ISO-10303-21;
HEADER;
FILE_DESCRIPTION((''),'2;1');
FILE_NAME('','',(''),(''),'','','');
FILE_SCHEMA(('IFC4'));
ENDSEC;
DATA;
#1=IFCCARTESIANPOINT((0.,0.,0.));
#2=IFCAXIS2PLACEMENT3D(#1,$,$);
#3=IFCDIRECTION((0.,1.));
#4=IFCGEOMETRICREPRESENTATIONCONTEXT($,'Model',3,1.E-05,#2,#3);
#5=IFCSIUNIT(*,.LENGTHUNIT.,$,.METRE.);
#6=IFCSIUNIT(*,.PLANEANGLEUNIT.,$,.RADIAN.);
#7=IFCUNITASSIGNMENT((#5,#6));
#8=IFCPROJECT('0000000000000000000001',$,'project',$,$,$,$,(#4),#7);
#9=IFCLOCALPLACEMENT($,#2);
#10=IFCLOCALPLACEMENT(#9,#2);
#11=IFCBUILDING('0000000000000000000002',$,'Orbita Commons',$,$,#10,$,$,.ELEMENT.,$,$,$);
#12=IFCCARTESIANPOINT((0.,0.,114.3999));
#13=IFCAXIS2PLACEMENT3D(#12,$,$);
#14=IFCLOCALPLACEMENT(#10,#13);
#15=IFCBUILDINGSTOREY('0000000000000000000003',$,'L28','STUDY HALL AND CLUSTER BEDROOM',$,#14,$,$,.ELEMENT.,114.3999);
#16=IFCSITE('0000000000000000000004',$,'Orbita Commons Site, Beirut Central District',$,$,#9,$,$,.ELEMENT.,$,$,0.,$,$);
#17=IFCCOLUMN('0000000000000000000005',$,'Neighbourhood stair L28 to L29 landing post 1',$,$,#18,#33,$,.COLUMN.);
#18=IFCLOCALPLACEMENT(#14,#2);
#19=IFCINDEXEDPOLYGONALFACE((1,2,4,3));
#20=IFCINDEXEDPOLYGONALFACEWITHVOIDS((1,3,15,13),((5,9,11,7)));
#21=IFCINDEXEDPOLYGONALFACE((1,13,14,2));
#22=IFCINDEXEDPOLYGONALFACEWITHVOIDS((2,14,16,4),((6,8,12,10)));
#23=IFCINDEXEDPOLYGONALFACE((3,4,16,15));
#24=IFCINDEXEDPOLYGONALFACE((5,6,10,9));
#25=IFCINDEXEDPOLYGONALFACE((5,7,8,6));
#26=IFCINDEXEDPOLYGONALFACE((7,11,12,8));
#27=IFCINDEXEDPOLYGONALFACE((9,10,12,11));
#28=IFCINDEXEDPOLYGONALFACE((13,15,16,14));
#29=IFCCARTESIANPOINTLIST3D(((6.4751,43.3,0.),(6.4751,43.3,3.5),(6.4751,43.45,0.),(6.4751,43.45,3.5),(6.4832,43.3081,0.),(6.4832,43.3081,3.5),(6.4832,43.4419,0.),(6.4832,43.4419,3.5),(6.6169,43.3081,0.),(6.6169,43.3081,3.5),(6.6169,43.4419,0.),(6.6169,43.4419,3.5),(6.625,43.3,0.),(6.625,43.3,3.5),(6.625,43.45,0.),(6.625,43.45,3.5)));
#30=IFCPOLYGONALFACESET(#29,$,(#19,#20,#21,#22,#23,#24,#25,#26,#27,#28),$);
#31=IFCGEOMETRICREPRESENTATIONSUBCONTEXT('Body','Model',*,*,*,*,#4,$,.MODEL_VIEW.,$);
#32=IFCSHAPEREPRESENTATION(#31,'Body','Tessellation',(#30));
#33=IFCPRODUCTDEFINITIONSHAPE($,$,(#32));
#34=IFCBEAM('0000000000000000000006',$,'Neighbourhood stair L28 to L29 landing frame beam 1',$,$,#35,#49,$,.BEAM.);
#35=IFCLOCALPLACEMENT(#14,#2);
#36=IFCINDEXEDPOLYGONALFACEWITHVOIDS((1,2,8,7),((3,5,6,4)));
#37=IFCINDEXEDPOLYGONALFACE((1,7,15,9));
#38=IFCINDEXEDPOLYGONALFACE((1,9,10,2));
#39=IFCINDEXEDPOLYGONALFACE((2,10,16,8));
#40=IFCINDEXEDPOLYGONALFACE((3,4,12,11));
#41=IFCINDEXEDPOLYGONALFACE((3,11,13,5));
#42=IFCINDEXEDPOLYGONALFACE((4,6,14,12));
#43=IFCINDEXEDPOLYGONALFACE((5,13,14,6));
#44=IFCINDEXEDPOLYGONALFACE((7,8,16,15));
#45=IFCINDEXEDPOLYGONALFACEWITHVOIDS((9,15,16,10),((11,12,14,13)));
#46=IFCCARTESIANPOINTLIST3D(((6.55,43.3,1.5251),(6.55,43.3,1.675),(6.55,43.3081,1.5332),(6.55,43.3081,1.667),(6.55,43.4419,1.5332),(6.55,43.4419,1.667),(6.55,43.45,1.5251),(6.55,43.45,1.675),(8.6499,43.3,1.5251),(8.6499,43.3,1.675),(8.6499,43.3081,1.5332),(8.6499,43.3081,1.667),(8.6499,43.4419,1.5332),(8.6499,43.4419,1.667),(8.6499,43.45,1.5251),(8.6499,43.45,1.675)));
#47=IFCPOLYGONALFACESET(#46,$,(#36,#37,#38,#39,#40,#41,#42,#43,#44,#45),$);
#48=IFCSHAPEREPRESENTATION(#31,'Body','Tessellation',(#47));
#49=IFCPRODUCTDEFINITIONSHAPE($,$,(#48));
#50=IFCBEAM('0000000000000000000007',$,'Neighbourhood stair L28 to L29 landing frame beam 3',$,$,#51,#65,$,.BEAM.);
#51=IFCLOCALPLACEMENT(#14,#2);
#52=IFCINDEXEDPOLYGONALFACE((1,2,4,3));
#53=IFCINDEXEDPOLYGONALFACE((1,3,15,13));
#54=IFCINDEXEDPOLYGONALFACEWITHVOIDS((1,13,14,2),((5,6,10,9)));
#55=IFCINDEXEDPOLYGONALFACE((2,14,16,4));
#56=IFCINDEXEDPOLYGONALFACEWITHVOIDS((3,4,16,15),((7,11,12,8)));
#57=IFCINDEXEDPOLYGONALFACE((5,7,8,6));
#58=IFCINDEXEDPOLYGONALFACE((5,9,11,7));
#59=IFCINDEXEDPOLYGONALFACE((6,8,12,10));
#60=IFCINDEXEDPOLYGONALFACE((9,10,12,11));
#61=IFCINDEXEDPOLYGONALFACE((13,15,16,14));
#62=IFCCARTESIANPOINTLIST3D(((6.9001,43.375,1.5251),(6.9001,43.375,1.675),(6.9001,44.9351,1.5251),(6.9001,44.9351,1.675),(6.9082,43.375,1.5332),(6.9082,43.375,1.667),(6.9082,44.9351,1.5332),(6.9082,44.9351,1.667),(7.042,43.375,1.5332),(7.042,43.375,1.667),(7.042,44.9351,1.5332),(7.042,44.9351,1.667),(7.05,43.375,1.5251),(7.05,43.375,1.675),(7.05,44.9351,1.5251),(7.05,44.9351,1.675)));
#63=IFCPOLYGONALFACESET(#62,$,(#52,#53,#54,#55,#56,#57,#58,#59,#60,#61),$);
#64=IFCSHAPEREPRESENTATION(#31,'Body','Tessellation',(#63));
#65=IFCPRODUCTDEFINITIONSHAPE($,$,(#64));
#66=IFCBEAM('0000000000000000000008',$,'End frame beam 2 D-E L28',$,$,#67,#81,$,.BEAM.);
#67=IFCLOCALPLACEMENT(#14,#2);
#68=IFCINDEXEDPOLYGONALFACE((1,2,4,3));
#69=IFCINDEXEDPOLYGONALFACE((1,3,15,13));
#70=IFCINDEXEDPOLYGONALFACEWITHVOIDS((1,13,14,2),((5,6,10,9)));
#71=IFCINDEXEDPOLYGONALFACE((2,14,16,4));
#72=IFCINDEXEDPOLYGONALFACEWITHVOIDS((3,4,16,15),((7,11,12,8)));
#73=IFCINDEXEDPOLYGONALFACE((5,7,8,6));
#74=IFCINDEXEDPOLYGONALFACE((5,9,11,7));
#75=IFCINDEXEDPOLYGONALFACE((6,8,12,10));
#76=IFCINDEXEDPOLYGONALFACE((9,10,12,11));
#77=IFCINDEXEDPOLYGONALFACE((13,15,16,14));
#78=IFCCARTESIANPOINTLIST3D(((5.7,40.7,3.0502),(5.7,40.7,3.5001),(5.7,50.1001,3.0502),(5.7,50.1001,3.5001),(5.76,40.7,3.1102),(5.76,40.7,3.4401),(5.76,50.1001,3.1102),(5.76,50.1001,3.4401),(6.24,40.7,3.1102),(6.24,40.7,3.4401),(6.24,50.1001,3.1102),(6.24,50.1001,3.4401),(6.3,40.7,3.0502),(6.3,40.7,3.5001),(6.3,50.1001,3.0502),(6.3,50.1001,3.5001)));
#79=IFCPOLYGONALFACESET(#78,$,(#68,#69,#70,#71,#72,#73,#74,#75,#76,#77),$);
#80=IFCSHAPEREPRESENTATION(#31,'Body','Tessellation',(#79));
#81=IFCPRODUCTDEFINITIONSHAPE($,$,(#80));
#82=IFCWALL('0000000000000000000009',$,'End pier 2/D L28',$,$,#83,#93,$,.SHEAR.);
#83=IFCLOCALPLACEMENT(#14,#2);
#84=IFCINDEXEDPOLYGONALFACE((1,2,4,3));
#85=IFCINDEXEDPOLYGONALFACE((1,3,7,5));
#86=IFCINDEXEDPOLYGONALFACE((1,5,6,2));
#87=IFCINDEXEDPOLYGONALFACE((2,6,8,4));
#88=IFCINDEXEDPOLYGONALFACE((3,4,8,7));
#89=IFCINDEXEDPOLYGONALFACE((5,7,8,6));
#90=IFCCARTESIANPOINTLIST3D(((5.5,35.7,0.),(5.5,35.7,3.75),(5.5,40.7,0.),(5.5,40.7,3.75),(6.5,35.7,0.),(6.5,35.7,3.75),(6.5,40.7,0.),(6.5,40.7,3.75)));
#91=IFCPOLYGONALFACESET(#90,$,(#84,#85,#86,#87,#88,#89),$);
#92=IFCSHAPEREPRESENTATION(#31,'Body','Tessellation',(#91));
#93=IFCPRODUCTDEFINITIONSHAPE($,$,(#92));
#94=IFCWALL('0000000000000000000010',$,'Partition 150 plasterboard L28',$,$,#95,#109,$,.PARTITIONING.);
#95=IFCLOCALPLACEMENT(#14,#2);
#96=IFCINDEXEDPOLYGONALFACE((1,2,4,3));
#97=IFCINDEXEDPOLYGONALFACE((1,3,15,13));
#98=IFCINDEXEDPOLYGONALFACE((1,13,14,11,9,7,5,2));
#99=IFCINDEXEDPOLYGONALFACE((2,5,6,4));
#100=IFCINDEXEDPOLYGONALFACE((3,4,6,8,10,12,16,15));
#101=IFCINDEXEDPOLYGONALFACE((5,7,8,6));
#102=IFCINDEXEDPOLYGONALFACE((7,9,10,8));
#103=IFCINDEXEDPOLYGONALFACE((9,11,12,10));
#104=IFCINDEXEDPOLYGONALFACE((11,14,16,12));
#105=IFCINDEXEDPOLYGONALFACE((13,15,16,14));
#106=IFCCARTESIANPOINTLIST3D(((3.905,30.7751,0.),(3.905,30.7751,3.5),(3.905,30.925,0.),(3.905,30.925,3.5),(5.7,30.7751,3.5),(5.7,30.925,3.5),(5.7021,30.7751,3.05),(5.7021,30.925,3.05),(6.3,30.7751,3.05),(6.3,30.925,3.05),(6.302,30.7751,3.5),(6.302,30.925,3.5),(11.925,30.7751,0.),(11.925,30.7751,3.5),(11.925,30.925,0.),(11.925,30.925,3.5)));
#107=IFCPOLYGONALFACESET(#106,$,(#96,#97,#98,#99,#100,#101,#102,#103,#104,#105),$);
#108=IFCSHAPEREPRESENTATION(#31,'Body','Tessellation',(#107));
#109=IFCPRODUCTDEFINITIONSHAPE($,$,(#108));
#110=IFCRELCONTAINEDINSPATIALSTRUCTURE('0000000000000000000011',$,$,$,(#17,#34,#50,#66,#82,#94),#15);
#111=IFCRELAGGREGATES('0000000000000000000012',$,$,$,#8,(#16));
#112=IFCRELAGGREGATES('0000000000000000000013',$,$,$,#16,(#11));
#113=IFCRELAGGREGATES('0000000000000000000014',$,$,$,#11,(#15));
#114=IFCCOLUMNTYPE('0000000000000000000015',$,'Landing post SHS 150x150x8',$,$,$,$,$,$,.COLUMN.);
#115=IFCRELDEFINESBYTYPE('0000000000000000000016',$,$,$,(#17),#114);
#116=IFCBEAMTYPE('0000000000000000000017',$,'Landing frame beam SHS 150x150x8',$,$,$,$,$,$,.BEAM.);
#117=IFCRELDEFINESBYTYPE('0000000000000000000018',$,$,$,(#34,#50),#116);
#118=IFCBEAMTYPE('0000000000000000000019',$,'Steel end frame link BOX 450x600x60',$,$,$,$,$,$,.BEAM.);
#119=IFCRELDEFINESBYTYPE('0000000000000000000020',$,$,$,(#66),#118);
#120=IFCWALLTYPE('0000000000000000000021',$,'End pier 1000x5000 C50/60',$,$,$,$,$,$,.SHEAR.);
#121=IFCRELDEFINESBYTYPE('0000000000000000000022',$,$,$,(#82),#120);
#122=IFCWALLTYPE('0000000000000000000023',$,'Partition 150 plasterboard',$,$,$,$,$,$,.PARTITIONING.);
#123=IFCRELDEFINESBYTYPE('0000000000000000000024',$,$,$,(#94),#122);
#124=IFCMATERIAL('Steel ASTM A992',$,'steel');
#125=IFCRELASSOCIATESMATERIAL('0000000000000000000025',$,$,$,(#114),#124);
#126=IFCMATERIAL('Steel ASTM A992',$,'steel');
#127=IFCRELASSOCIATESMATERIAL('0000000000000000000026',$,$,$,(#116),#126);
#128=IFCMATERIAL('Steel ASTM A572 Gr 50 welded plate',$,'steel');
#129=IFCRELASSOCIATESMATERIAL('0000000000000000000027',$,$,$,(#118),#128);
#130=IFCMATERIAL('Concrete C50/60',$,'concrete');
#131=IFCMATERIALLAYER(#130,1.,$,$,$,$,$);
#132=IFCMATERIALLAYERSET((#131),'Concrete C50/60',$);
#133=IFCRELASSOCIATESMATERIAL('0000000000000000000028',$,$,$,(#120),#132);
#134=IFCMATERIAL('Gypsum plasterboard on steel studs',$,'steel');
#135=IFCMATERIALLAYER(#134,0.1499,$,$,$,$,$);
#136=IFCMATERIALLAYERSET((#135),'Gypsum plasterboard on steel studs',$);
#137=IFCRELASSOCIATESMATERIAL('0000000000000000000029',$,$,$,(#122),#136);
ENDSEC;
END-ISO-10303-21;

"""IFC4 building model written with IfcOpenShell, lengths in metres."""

from ifc_helpers import new_model, si_unit, direction, frame, frame_2d, origin, origin_2d, place, context, subcontext, project, spatial, polyline, rectangle, hollow_rectangle, outline, extrude, material, layer, layer_set, material_profile, profile_set, type_object, element, save


model = new_model("IFC4")

# Units and contexts
model_context = context("Model", 3, precision=1e-05, world=origin(), true_north=direction((0.0, 1.0)))
body_context = subcontext(model_context, "Body", "Model", "MODEL_VIEW")
ifc_project = project(units=[si_unit("LENGTHUNIT", "METRE"), si_unit("PLANEANGLEUNIT", "RADIAN")], contexts=[model_context])

# Site, building, storey
site_placement = place(None, origin())
site = spatial("IfcSite", under=ifc_project, at=site_placement, Name="Orbita Commons Site, Beirut Central District", CompositionType="ELEMENT", RefElevation=0.0)
building_placement = place(site_placement, origin())
building = spatial("IfcBuilding", under=site, at=building_placement, Name="Orbita Commons", CompositionType="ELEMENT")
storey_placement = place(building_placement, frame((0.0, 0.0, 114.3999)))
storey = spatial("IfcBuildingStorey", under=building, at=storey_placement, Name="L28", Description="STUDY HALL AND CLUSTER BEDROOM", CompositionType="ELEMENT", Elevation=114.3999)

# Column
ifc_material_1 = material(Name="Steel ASTM A992", Category="steel")
ifc_material_profile_1 = material_profile(ifc_material_1, hollow_rectangle(XDim=0.1499, YDim=0.1499, WallThickness=0.0081, at=origin_2d()), Name="SHS 150x150x8")
ifc_profile_set_1 = profile_set([ifc_material_profile_1], Name="Steel ASTM A992")
column_type = type_object("IfcColumnType", Name="Landing post SHS 150x150x8", PredefinedType="COLUMN", material=ifc_profile_set_1)
column_placement = place(storey_placement, frame((6.55, 43.375, 0.0), z_axis=(0.0, 0.0, 1.0), x_axis=(1.0, 0.0, 0.0)))
element("IfcColumn", 1, at=column_placement, inside=storey, type_object=column_type, Name="Neighbourhood stair L28 to L29 landing post 1", PredefinedType="COLUMN", context=body_context, shape_type="SweptSolid", body=[
    extrude(hollow_rectangle(XDim=0.1499, YDim=0.1499, WallThickness=0.0081, at=origin_2d()), origin(), (0.0, 0.0, 1.0), 3.5),
])

# Beams
ifc_material_2 = material(Name="Steel ASTM A992", Category="steel")
ifc_material_profile_2 = material_profile(ifc_material_2, hollow_rectangle(XDim=0.1499, YDim=0.1499, WallThickness=0.0081, at=origin_2d()), Name="SHS 150x150x8")
ifc_profile_set_2 = profile_set([ifc_material_profile_2], Name="Steel ASTM A992")
beam_type_1 = type_object("IfcBeamType", Name="Landing frame beam SHS 150x150x8", PredefinedType="BEAM", material=ifc_profile_set_2)
beam_1_placement = place(storey_placement, frame((6.55, 43.375, 1.6001), z_axis=(1.0, 0.0, 0.0), x_axis=(0.0, 1.0, 0.0)))
element("IfcBeam", 2, at=beam_1_placement, inside=storey, type_object=beam_type_1, Name="Neighbourhood stair L28 to L29 landing frame beam 1", PredefinedType="BEAM", context=body_context, shape_type="SweptSolid", body=[
    extrude(hollow_rectangle(XDim=0.1499, YDim=0.1499, WallThickness=0.0081, at=origin_2d()), origin(), (0.0, 0.0, 1.0), 2.0999),
])
beam_2_placement = place(storey_placement, frame((6.9751, 43.375, 1.6001), z_axis=(0.0, 1.0, 0.0), x_axis=(-1.0, 0.0, 0.0)))
element("IfcBeam", 3, at=beam_2_placement, inside=storey, type_object=beam_type_1, Name="Neighbourhood stair L28 to L29 landing frame beam 3", PredefinedType="BEAM", context=body_context, shape_type="SweptSolid", body=[
    extrude(hollow_rectangle(XDim=0.1499, YDim=0.1499, WallThickness=0.0081, at=origin_2d()), origin(), (0.0, 0.0, 1.0), 1.5601),
])
ifc_material_3 = material(Name="Steel ASTM A572 Gr 50 welded plate", Category="steel")
ifc_material_profile_3 = material_profile(ifc_material_3, hollow_rectangle(XDim=0.6001, YDim=0.45, WallThickness=0.0601, at=origin_2d()), Name="BOX 450x600x60")
ifc_profile_set_3 = profile_set([ifc_material_profile_3], Name="Steel ASTM A572 Gr 50 welded plate")
beam_type_2 = type_object("IfcBeamType", Name="Steel end frame link BOX 450x600x60", PredefinedType="BEAM", material=ifc_profile_set_3)
beam_3_placement = place(storey_placement, frame((6.0, 40.7, 3.2751), z_axis=(0.0, 1.0, 0.0), x_axis=(-1.0, 0.0, 0.0)))
element("IfcBeam", 4, at=beam_3_placement, inside=storey, type_object=beam_type_2, Name="End frame beam 2 D-E L28", PredefinedType="BEAM", context=body_context, shape_type="SweptSolid", body=[
    extrude(hollow_rectangle(XDim=0.6001, YDim=0.45, WallThickness=0.0601, at=origin_2d()), origin(), (0.0, 0.0, 1.0), 9.4001),
])

# Walls
ifc_material_4 = material(Name="Concrete C50/60", Category="concrete")
ifc_layer_1 = layer(ifc_material_4, 1.0)
ifc_layer_set_1 = layer_set([ifc_layer_1], Name="Concrete C50/60")
wall_type_1 = type_object("IfcWallType", Name="End pier 1000x5000 C50/60", PredefinedType="SHEAR", material=ifc_layer_set_1)
wall_1_placement = place(storey_placement, frame((6.0, 35.7, 0.0), z_axis=(0.0, 0.0, 1.0), x_axis=(0.0, 1.0, 0.0)))
element("IfcWall", 5, at=wall_1_placement, inside=storey, type_object=wall_type_1, Name="End pier 2/D L28", PredefinedType="SHEAR", context=body_context, shape_type="SweptSolid", body=[
    extrude(rectangle(XDim=5.0, YDim=1.0, at=frame_2d((2.5, 0.0))), origin(), (0.0, 0.0, 1.0), 3.75),
])
ifc_material_5 = material(Name="Gypsum plasterboard on steel studs", Category="steel")
ifc_layer_2 = layer(ifc_material_5, 0.1499)
ifc_layer_set_2 = layer_set([ifc_layer_2], Name="Gypsum plasterboard on steel studs")
wall_type_2 = type_object("IfcWallType", Name="Partition 150 plasterboard", PredefinedType="PARTITIONING", material=ifc_layer_set_2)
wall_2_placement = place(storey_placement, frame((3.905, 30.8501, 0.0), z_axis=(0.0, 0.0, 1.0), x_axis=(1.0, 0.0, 0.0)))
element("IfcWall", 6, at=wall_2_placement, inside=storey, type_object=wall_type_2, Name="Partition 150 plasterboard L28", PredefinedType="PARTITIONING", context=body_context, shape_type="SweptSolid", body=[
    extrude(outline(polyline([(0.0, 0.0), (8.02, 0.0), (8.02, 3.5), (2.397, 3.5), (2.395, 3.05), (1.7971, 3.05), (1.7949, 3.5), (0.0, 3.5), (0.0, 0.0)])), frame((0.0, 0.075, 0.0), z_axis=(0.0, -1.0, 0.0), x_axis=(1.0, 0.0, 0.0)), (0.0, 0.0, 1.0), 0.1499),
])

save(model, "model.ifc")
